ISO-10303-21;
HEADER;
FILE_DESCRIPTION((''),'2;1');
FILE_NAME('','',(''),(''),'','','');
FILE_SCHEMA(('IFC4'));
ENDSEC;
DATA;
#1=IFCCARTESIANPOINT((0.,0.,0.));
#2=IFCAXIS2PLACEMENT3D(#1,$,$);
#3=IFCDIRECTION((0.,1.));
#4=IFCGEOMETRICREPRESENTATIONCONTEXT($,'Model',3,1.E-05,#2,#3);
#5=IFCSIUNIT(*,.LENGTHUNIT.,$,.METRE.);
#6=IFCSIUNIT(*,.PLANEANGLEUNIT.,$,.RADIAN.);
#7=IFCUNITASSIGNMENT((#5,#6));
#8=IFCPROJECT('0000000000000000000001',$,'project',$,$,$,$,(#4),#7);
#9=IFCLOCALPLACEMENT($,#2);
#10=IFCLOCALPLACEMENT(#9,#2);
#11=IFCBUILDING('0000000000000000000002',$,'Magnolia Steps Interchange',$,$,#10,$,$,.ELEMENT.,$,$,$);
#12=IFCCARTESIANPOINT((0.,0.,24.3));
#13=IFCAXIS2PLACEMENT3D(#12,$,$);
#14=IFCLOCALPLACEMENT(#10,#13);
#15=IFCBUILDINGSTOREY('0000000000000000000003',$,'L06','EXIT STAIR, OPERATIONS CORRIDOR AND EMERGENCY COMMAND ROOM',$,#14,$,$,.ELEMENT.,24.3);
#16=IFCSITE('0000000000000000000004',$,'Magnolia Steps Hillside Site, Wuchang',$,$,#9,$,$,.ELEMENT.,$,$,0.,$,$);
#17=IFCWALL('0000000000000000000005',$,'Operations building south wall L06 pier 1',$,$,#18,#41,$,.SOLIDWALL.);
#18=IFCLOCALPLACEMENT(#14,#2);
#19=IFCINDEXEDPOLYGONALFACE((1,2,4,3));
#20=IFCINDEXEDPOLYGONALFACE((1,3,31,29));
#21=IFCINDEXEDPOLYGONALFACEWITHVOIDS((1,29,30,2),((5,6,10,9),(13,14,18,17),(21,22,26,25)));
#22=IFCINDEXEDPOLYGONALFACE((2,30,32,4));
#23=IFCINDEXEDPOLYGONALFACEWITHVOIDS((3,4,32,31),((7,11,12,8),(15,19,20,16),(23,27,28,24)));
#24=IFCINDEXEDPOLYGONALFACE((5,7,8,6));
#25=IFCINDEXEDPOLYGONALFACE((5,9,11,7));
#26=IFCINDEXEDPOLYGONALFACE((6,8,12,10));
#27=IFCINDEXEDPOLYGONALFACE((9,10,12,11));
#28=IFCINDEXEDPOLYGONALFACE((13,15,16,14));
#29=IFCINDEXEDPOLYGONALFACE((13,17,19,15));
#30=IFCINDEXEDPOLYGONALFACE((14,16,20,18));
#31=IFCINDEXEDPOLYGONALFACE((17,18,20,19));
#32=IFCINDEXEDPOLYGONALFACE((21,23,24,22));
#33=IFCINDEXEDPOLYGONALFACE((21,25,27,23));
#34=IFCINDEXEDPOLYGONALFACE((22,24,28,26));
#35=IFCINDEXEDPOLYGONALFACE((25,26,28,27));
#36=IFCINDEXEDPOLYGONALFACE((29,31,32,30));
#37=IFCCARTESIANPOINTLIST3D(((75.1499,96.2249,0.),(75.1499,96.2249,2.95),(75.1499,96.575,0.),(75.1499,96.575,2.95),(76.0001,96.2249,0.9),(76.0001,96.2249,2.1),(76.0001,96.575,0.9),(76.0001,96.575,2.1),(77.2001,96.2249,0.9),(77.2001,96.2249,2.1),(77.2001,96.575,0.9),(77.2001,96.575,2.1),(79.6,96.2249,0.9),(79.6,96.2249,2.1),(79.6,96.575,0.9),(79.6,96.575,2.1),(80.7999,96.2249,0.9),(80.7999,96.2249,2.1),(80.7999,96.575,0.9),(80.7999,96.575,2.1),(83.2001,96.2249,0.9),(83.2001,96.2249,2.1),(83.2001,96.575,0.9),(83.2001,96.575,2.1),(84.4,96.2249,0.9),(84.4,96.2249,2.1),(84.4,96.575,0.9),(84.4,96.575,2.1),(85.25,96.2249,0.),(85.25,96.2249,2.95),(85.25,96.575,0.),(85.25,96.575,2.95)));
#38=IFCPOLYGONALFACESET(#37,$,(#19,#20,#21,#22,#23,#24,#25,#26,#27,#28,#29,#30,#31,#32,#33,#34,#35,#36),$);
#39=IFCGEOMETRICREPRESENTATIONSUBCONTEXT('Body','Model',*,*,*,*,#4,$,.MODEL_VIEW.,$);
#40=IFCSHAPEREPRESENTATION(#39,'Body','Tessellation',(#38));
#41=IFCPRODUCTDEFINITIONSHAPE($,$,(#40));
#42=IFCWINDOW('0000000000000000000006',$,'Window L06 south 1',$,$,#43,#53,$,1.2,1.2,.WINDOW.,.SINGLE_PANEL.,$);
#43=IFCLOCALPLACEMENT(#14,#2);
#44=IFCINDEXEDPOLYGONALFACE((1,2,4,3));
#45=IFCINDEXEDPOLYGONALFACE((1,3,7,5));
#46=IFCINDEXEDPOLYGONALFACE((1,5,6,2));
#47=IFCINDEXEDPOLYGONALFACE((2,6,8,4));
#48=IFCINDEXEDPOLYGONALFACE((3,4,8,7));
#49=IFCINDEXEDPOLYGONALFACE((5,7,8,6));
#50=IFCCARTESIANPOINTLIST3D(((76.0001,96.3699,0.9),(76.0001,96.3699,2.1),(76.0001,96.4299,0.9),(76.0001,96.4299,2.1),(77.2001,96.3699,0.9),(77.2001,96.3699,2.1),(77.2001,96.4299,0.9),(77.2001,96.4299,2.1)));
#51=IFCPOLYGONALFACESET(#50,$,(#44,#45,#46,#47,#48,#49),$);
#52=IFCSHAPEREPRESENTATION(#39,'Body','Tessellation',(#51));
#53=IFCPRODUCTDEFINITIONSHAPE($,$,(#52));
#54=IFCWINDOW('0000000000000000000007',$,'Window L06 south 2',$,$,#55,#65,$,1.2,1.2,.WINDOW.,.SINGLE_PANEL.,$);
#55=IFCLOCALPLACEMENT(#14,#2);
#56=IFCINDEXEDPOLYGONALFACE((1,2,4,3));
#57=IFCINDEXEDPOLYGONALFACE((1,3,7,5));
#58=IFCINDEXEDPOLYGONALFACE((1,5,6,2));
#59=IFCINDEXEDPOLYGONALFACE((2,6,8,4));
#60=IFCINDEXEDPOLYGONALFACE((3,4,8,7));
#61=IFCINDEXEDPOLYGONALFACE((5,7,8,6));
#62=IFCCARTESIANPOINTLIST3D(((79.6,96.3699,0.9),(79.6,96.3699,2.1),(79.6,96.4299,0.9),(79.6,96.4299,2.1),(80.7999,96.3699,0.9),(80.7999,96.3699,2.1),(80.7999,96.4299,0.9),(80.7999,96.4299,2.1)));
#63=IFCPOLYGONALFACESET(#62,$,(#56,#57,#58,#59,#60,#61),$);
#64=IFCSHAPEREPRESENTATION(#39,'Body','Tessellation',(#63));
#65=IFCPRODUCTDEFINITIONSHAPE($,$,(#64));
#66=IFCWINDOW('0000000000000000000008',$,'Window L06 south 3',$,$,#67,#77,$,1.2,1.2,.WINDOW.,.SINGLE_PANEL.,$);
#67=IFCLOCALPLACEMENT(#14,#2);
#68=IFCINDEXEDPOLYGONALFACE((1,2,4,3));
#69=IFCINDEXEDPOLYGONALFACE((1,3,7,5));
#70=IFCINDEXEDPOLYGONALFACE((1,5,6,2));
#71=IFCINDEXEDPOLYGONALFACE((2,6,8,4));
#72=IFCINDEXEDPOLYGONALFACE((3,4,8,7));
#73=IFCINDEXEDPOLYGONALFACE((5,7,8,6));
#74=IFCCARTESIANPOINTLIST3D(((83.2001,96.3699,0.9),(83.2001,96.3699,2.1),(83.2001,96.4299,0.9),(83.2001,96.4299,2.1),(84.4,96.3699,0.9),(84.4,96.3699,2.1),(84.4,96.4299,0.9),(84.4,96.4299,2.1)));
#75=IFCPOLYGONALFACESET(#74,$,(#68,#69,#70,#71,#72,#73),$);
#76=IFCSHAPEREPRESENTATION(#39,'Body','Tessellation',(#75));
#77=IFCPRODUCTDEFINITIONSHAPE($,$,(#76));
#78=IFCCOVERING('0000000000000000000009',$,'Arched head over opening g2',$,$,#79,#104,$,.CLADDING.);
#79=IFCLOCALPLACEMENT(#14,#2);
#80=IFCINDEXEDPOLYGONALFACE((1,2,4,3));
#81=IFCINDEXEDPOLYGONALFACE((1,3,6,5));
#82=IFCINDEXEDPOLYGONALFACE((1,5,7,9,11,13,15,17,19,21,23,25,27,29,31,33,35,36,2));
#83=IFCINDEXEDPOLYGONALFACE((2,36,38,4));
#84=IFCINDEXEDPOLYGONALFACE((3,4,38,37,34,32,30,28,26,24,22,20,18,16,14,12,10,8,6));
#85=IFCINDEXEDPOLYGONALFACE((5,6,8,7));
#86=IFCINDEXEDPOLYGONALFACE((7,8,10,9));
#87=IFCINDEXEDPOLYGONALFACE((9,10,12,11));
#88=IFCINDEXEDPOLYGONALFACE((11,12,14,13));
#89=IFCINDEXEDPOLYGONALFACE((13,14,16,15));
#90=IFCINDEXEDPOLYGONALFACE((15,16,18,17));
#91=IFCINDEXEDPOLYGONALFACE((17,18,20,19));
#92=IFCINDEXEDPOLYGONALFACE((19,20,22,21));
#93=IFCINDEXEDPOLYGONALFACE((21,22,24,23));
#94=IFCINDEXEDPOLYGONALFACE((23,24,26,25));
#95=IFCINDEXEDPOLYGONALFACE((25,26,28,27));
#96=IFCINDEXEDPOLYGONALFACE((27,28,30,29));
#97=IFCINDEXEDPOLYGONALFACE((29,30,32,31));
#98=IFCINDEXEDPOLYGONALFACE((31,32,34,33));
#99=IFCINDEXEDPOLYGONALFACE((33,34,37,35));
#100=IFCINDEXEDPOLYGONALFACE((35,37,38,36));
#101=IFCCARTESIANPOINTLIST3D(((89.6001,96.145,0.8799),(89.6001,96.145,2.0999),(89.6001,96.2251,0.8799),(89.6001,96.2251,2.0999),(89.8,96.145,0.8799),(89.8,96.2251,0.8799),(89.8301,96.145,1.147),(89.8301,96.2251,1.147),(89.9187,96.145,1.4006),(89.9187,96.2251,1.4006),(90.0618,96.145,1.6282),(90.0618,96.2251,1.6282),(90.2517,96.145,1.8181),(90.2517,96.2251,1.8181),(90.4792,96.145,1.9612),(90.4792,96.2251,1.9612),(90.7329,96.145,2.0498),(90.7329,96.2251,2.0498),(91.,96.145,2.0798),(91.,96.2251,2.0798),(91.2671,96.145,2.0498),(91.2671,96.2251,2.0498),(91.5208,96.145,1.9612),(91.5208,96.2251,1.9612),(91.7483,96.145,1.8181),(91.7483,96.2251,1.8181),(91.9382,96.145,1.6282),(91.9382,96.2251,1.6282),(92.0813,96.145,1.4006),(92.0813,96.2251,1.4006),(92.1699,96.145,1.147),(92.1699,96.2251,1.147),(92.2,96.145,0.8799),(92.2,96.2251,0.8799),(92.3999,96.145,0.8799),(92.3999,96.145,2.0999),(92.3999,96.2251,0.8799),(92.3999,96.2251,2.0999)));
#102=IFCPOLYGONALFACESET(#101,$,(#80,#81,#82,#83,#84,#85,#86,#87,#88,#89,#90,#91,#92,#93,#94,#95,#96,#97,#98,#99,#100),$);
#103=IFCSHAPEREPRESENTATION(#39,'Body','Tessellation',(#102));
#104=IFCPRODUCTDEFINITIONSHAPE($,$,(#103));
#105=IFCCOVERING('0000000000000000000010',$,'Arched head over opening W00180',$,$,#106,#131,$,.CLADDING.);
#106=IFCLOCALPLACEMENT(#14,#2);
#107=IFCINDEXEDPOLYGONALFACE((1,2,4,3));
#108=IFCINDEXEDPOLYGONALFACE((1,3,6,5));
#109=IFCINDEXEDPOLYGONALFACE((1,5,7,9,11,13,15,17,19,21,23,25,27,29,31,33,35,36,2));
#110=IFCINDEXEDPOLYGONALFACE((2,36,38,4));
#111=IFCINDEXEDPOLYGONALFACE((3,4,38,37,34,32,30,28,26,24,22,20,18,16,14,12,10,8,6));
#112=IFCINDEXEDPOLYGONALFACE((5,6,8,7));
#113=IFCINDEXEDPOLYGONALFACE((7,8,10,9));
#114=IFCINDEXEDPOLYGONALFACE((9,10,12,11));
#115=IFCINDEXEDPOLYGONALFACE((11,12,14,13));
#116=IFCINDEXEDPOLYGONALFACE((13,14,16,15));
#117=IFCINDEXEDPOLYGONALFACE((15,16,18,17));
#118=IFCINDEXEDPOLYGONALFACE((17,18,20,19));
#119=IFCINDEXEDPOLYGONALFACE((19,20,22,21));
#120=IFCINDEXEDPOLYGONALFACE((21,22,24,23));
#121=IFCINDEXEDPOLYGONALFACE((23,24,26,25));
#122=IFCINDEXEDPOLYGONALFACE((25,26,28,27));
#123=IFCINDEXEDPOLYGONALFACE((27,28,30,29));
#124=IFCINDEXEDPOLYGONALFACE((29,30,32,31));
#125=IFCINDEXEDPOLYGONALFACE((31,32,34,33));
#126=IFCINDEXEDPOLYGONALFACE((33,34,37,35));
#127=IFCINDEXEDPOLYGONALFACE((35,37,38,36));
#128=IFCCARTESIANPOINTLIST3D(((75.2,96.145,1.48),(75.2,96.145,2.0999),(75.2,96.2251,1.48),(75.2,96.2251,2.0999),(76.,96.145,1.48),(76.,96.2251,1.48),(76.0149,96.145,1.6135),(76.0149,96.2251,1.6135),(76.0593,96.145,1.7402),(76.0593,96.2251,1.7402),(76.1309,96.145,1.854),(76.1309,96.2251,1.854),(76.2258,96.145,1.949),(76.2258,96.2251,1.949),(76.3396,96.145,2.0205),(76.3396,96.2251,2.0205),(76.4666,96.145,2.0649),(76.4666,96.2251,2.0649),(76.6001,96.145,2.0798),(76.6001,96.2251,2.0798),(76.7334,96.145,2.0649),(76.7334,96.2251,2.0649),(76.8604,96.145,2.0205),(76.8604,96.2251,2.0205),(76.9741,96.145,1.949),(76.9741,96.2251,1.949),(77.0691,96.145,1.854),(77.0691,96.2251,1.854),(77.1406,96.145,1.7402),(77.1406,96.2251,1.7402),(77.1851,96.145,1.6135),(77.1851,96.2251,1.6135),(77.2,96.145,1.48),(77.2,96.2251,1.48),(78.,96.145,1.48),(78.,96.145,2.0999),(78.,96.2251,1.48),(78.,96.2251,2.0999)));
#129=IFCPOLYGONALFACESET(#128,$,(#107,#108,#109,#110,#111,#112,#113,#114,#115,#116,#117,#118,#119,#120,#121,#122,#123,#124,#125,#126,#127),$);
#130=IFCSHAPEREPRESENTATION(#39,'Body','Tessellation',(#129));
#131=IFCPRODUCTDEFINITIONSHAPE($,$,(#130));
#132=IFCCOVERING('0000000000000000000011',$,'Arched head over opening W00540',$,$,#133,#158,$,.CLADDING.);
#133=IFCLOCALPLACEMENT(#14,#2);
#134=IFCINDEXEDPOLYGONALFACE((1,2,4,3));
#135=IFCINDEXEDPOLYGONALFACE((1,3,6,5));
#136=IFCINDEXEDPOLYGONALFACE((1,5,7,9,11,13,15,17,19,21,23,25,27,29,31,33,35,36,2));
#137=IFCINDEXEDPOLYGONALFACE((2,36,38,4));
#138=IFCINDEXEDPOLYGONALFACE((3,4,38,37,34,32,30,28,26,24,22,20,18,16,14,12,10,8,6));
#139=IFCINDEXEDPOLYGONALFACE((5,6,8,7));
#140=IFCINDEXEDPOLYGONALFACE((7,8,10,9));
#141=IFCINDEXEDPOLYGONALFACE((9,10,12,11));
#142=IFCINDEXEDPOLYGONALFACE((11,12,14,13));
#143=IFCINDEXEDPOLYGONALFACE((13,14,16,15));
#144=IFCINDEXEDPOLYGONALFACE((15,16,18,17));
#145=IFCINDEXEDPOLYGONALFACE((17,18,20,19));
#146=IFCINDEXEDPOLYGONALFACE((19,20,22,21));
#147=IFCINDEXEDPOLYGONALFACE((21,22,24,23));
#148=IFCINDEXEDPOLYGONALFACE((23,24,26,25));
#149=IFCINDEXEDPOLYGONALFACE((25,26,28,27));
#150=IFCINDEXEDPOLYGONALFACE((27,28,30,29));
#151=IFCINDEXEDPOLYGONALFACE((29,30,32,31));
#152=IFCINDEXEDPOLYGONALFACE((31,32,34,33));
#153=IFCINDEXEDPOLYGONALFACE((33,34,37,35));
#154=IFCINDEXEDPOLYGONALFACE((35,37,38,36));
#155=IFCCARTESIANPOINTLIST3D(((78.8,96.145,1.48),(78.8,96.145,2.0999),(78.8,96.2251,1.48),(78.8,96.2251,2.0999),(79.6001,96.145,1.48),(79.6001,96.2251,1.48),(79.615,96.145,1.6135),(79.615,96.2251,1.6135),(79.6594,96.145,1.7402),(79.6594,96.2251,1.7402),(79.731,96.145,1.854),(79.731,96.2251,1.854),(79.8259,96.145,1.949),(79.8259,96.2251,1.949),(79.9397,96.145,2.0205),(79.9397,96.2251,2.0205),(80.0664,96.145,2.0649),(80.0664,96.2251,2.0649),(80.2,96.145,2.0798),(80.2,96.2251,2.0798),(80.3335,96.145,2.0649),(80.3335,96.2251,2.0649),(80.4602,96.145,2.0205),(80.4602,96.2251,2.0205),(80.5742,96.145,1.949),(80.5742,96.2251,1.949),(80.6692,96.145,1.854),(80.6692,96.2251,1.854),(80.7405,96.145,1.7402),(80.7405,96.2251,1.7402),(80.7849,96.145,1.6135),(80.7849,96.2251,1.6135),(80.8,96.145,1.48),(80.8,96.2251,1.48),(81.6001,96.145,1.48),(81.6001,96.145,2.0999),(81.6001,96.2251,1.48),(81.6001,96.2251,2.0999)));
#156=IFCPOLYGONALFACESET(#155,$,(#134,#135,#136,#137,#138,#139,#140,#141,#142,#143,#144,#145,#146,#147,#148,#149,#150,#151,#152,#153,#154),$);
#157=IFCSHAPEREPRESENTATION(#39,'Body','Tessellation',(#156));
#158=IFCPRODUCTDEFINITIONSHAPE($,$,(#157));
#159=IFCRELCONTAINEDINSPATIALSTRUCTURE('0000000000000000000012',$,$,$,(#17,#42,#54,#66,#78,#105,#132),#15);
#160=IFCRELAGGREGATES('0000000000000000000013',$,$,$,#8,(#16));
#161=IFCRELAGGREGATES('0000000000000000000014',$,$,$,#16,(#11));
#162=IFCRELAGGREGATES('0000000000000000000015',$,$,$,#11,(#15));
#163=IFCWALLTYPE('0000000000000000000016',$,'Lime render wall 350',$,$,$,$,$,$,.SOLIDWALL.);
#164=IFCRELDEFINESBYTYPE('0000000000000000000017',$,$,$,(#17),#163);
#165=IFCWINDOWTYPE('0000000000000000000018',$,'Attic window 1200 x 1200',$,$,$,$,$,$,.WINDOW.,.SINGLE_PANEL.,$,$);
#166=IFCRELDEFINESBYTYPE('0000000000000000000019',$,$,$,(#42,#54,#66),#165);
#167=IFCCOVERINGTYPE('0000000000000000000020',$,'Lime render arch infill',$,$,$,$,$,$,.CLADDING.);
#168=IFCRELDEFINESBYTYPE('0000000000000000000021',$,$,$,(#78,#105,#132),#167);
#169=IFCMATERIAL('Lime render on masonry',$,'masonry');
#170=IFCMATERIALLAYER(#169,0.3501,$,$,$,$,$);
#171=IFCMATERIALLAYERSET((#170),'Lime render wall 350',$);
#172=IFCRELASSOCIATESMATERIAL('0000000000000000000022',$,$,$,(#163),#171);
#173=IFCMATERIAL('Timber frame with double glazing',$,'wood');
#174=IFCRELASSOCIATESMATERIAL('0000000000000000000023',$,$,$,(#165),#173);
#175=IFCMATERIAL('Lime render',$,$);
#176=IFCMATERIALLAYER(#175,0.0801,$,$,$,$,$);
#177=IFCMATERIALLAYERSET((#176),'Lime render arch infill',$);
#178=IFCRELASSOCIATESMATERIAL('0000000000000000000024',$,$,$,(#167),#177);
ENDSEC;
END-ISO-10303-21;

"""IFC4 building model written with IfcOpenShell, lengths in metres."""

from ifc_helpers import new_model, si_unit, direction, frame, frame_2d, origin, place, context, subcontext, project, spatial, polyline, rectangle, outline, extrude, material, layer, layer_set, type_object, element, fill, save


model = new_model("IFC4")

# Units and contexts
model_context = context("Model", 3, precision=1e-05, world=origin(), true_north=direction((0.0, 1.0)))
body_context = subcontext(model_context, "Body", "Model", "MODEL_VIEW")
ifc_project = project(units=[si_unit("LENGTHUNIT", "METRE"), si_unit("PLANEANGLEUNIT", "RADIAN")], contexts=[model_context])

# Site, building, storey
site_placement = place(None, origin())
site = spatial("IfcSite", under=ifc_project, at=site_placement, Name="Magnolia Steps Hillside Site, Wuchang", CompositionType="ELEMENT", RefElevation=0.0)
building_placement = place(site_placement, origin())
building = spatial("IfcBuilding", under=site, at=building_placement, Name="Magnolia Steps Interchange", CompositionType="ELEMENT")
storey_placement = place(building_placement, frame((0.0, 0.0, 24.3)))
storey = spatial("IfcBuildingStorey", under=building, at=storey_placement, Name="L06", Description="EXIT STAIR, OPERATIONS CORRIDOR AND EMERGENCY COMMAND ROOM", CompositionType="ELEMENT", Elevation=24.3)

# Wall, openings, windows
ifc_material_1 = material(Name="Lime render on masonry", Category="masonry")
ifc_layer_1 = layer(ifc_material_1, 0.3501)
ifc_layer_set_1 = layer_set([ifc_layer_1], Name="Lime render wall 350")
wall_type_1 = type_object("IfcWallType", Name="Lime render wall 350", PredefinedType="SOLIDWALL", material=ifc_layer_set_1)
wall_1_placement = place(storey_placement, frame((75.1499, 96.3999, 0.0), z_axis=(0.0, 0.0, 1.0), x_axis=(1.0, 0.0, 0.0)))
wall_1 = element("IfcWall", 1, at=wall_1_placement, inside=storey, type_object=wall_type_1, Name="Operations building south wall L06 pier 1", PredefinedType="SOLIDWALL", context=body_context, shape_type="SweptSolid", body=[
    extrude(rectangle(XDim=10.1001, YDim=0.3501, at=frame_2d((5.05, 0.0))), origin(), (0.0, 0.0, 1.0), 2.95),
])
opening_1_placement = place(wall_1_placement, frame((0.8501, 0.0, 0.8999)))
opening_1 = element("IfcOpeningElement", 2, at=opening_1_placement, cuts=wall_1, PredefinedType="OPENING", context=body_context, shape_type="SweptSolid", body=[
    extrude(rectangle(XDim=1.2, YDim=1.2, at=frame_2d((0.6001, 0.6001))), frame((0.0, 0.1851, 0.0), z_axis=(0.0, -1.0, 0.0), x_axis=(1.0, 0.0, 0.0)), (0.0, 0.0, 1.0), 0.3701),
])
opening_2_placement = place(wall_1_placement, frame((4.45, 0.0, 0.8999)))
opening_2 = element("IfcOpeningElement", 3, at=opening_2_placement, cuts=wall_1, PredefinedType="OPENING", context=body_context, shape_type="SweptSolid", body=[
    extrude(rectangle(XDim=1.2, YDim=1.2, at=frame_2d((0.6001, 0.6001))), frame((0.0, 0.1851, 0.0), z_axis=(0.0, -1.0, 0.0), x_axis=(1.0, 0.0, 0.0)), (0.0, 0.0, 1.0), 0.3701),
])
opening_3_placement = place(wall_1_placement, frame((8.05, 0.0, 0.8999)))
opening_3 = element("IfcOpeningElement", 4, at=opening_3_placement, cuts=wall_1, PredefinedType="OPENING", context=body_context, shape_type="SweptSolid", body=[
    extrude(rectangle(XDim=1.2, YDim=1.2, at=frame_2d((0.6001, 0.6001))), frame((0.0, 0.1851, 0.0), z_axis=(0.0, -1.0, 0.0), x_axis=(1.0, 0.0, 0.0)), (0.0, 0.0, 1.0), 0.3701),
])
ifc_material_2 = material(Name="Timber frame with double glazing", Category="wood")
window_type = type_object("IfcWindowType", Name="Attic window 1200 x 1200", PartitioningType="SINGLE_PANEL", PredefinedType="WINDOW", material=ifc_material_2)
window_1_placement = place(opening_1_placement, origin())
window_1 = element("IfcWindow", 5, at=window_1_placement, inside=storey, type_object=window_type, Name="Window L06 south 1", OverallHeight=1.2, OverallWidth=1.2, PartitioningType="SINGLE_PANEL", PredefinedType="WINDOW", context=body_context, shape_type="SweptSolid", body=[
    extrude(rectangle(XDim=1.2, YDim=1.2, at=frame_2d((0.6001, 0.6001))), frame((0.0, 0.03, 0.0), z_axis=(0.0, -1.0, 0.0), x_axis=(1.0, 0.0, 0.0)), (0.0, 0.0, 1.0), 0.0601),
])
fill(opening_1, window_1)
window_2_placement = place(opening_2_placement, origin())
window_2 = element("IfcWindow", 6, at=window_2_placement, inside=storey, type_object=window_type, Name="Window L06 south 2", OverallHeight=1.2, OverallWidth=1.2, PartitioningType="SINGLE_PANEL", PredefinedType="WINDOW", context=body_context, shape_type="SweptSolid", body=[
    extrude(rectangle(XDim=1.2, YDim=1.2, at=frame_2d((0.6001, 0.6001))), frame((0.0, 0.03, 0.0), z_axis=(0.0, -1.0, 0.0), x_axis=(1.0, 0.0, 0.0)), (0.0, 0.0, 1.0), 0.0601),
])
fill(opening_2, window_2)
window_3_placement = place(opening_3_placement, origin())
window_3 = element("IfcWindow", 7, at=window_3_placement, inside=storey, type_object=window_type, Name="Window L06 south 3", OverallHeight=1.2, OverallWidth=1.2, PartitioningType="SINGLE_PANEL", PredefinedType="WINDOW", context=body_context, shape_type="SweptSolid", body=[
    extrude(rectangle(XDim=1.2, YDim=1.2, at=frame_2d((0.6001, 0.6001))), frame((0.0, 0.03, 0.0), z_axis=(0.0, -1.0, 0.0), x_axis=(1.0, 0.0, 0.0)), (0.0, 0.0, 1.0), 0.0601),
])
fill(opening_3, window_3)

# Coverings
ifc_material_3 = material(Name="Lime render")
ifc_layer_2 = layer(ifc_material_3, 0.0801)
ifc_layer_set_2 = layer_set([ifc_layer_2], Name="Lime render arch infill")
covering_type_1 = type_object("IfcCoveringType", Name="Lime render arch infill", PredefinedType="CLADDING", material=ifc_layer_set_2)
covering_1_placement = place(storey_placement, frame((89.6001, 96.2251, 0.8799), z_axis=(0.0, 1.0, 0.0), x_axis=(0.0, 0.0, 1.0)))
element("IfcCovering", 8, at=covering_1_placement, inside=storey, type_object=covering_type_1, Name="Arched head over opening g2", PredefinedType="CLADDING", context=body_context, shape_type="SweptSolid", body=[
    extrude(outline(polyline([(0.0, 0.0), (1.22, 0.0), (1.22, 2.7998), (0.0, 2.7998), (0.0, 2.5999), (0.2671, 2.5698), (0.5208, 2.4812), (0.7483, 2.3381), (0.9382, 2.1482), (1.0813, 1.9207), (1.1699, 1.667), (1.2, 1.3999), (1.1699, 1.1328), (1.0813, 0.8792), (0.9382, 0.6516), (0.7483, 0.4617), (0.5208, 0.3186), (0.2671, 0.23), (0.0, 0.2), (0.0, 0.0)])), origin(), (0.0, 0.0, -1.0), 0.0801),
])
covering_2_placement = place(storey_placement, frame((75.2, 96.2251, 1.48), z_axis=(0.0, 1.0, 0.0), x_axis=(0.0, 0.0, 1.0)))
element("IfcCovering", 9, at=covering_2_placement, inside=storey, type_object=covering_type_1, Name="Arched head over opening W00180", PredefinedType="CLADDING", context=body_context, shape_type="SweptSolid", body=[
    extrude(outline(polyline([(0.0, 0.0), (0.6199, 0.0), (0.6199, 2.8), (0.0, 2.8), (0.0, 2.0), (0.1335, 1.9851), (0.2603, 1.9407), (0.374, 1.8691), (0.469, 1.7742), (0.5405, 1.6604), (0.585, 1.5334), (0.5999, 1.4001), (0.585, 1.2666), (0.5405, 1.1396), (0.469, 1.0259), (0.374, 0.9309), (0.2603, 0.8594), (0.1335, 0.8149), (0.0, 0.8), (0.0, 0.0)])), origin(), (0.0, 0.0, -1.0), 0.0801),
])
covering_3_placement = place(storey_placement, frame((78.8, 96.2251, 1.48), z_axis=(0.0, 1.0, 0.0), x_axis=(0.0, 0.0, 1.0)))
element("IfcCovering", 10, at=covering_3_placement, inside=storey, type_object=covering_type_1, Name="Arched head over opening W00540", PredefinedType="CLADDING", context=body_context, shape_type="SweptSolid", body=[
    extrude(outline(polyline([(0.0, 0.0), (0.6199, 0.0), (0.6199, 2.8), (0.0, 2.8), (0.0, 2.0), (0.1335, 1.9849), (0.2603, 1.9404), (0.374, 1.8691), (0.469, 1.7742), (0.5405, 1.6602), (0.585, 1.5334), (0.5999, 1.3999), (0.585, 1.2664), (0.5405, 1.1396), (0.469, 1.0259), (0.374, 0.9309), (0.2603, 0.8594), (0.1335, 0.8149), (0.0, 0.8), (0.0, 0.0)])), origin(), (0.0, 0.0, -1.0), 0.0801),
])

save(model, "model.ifc")
